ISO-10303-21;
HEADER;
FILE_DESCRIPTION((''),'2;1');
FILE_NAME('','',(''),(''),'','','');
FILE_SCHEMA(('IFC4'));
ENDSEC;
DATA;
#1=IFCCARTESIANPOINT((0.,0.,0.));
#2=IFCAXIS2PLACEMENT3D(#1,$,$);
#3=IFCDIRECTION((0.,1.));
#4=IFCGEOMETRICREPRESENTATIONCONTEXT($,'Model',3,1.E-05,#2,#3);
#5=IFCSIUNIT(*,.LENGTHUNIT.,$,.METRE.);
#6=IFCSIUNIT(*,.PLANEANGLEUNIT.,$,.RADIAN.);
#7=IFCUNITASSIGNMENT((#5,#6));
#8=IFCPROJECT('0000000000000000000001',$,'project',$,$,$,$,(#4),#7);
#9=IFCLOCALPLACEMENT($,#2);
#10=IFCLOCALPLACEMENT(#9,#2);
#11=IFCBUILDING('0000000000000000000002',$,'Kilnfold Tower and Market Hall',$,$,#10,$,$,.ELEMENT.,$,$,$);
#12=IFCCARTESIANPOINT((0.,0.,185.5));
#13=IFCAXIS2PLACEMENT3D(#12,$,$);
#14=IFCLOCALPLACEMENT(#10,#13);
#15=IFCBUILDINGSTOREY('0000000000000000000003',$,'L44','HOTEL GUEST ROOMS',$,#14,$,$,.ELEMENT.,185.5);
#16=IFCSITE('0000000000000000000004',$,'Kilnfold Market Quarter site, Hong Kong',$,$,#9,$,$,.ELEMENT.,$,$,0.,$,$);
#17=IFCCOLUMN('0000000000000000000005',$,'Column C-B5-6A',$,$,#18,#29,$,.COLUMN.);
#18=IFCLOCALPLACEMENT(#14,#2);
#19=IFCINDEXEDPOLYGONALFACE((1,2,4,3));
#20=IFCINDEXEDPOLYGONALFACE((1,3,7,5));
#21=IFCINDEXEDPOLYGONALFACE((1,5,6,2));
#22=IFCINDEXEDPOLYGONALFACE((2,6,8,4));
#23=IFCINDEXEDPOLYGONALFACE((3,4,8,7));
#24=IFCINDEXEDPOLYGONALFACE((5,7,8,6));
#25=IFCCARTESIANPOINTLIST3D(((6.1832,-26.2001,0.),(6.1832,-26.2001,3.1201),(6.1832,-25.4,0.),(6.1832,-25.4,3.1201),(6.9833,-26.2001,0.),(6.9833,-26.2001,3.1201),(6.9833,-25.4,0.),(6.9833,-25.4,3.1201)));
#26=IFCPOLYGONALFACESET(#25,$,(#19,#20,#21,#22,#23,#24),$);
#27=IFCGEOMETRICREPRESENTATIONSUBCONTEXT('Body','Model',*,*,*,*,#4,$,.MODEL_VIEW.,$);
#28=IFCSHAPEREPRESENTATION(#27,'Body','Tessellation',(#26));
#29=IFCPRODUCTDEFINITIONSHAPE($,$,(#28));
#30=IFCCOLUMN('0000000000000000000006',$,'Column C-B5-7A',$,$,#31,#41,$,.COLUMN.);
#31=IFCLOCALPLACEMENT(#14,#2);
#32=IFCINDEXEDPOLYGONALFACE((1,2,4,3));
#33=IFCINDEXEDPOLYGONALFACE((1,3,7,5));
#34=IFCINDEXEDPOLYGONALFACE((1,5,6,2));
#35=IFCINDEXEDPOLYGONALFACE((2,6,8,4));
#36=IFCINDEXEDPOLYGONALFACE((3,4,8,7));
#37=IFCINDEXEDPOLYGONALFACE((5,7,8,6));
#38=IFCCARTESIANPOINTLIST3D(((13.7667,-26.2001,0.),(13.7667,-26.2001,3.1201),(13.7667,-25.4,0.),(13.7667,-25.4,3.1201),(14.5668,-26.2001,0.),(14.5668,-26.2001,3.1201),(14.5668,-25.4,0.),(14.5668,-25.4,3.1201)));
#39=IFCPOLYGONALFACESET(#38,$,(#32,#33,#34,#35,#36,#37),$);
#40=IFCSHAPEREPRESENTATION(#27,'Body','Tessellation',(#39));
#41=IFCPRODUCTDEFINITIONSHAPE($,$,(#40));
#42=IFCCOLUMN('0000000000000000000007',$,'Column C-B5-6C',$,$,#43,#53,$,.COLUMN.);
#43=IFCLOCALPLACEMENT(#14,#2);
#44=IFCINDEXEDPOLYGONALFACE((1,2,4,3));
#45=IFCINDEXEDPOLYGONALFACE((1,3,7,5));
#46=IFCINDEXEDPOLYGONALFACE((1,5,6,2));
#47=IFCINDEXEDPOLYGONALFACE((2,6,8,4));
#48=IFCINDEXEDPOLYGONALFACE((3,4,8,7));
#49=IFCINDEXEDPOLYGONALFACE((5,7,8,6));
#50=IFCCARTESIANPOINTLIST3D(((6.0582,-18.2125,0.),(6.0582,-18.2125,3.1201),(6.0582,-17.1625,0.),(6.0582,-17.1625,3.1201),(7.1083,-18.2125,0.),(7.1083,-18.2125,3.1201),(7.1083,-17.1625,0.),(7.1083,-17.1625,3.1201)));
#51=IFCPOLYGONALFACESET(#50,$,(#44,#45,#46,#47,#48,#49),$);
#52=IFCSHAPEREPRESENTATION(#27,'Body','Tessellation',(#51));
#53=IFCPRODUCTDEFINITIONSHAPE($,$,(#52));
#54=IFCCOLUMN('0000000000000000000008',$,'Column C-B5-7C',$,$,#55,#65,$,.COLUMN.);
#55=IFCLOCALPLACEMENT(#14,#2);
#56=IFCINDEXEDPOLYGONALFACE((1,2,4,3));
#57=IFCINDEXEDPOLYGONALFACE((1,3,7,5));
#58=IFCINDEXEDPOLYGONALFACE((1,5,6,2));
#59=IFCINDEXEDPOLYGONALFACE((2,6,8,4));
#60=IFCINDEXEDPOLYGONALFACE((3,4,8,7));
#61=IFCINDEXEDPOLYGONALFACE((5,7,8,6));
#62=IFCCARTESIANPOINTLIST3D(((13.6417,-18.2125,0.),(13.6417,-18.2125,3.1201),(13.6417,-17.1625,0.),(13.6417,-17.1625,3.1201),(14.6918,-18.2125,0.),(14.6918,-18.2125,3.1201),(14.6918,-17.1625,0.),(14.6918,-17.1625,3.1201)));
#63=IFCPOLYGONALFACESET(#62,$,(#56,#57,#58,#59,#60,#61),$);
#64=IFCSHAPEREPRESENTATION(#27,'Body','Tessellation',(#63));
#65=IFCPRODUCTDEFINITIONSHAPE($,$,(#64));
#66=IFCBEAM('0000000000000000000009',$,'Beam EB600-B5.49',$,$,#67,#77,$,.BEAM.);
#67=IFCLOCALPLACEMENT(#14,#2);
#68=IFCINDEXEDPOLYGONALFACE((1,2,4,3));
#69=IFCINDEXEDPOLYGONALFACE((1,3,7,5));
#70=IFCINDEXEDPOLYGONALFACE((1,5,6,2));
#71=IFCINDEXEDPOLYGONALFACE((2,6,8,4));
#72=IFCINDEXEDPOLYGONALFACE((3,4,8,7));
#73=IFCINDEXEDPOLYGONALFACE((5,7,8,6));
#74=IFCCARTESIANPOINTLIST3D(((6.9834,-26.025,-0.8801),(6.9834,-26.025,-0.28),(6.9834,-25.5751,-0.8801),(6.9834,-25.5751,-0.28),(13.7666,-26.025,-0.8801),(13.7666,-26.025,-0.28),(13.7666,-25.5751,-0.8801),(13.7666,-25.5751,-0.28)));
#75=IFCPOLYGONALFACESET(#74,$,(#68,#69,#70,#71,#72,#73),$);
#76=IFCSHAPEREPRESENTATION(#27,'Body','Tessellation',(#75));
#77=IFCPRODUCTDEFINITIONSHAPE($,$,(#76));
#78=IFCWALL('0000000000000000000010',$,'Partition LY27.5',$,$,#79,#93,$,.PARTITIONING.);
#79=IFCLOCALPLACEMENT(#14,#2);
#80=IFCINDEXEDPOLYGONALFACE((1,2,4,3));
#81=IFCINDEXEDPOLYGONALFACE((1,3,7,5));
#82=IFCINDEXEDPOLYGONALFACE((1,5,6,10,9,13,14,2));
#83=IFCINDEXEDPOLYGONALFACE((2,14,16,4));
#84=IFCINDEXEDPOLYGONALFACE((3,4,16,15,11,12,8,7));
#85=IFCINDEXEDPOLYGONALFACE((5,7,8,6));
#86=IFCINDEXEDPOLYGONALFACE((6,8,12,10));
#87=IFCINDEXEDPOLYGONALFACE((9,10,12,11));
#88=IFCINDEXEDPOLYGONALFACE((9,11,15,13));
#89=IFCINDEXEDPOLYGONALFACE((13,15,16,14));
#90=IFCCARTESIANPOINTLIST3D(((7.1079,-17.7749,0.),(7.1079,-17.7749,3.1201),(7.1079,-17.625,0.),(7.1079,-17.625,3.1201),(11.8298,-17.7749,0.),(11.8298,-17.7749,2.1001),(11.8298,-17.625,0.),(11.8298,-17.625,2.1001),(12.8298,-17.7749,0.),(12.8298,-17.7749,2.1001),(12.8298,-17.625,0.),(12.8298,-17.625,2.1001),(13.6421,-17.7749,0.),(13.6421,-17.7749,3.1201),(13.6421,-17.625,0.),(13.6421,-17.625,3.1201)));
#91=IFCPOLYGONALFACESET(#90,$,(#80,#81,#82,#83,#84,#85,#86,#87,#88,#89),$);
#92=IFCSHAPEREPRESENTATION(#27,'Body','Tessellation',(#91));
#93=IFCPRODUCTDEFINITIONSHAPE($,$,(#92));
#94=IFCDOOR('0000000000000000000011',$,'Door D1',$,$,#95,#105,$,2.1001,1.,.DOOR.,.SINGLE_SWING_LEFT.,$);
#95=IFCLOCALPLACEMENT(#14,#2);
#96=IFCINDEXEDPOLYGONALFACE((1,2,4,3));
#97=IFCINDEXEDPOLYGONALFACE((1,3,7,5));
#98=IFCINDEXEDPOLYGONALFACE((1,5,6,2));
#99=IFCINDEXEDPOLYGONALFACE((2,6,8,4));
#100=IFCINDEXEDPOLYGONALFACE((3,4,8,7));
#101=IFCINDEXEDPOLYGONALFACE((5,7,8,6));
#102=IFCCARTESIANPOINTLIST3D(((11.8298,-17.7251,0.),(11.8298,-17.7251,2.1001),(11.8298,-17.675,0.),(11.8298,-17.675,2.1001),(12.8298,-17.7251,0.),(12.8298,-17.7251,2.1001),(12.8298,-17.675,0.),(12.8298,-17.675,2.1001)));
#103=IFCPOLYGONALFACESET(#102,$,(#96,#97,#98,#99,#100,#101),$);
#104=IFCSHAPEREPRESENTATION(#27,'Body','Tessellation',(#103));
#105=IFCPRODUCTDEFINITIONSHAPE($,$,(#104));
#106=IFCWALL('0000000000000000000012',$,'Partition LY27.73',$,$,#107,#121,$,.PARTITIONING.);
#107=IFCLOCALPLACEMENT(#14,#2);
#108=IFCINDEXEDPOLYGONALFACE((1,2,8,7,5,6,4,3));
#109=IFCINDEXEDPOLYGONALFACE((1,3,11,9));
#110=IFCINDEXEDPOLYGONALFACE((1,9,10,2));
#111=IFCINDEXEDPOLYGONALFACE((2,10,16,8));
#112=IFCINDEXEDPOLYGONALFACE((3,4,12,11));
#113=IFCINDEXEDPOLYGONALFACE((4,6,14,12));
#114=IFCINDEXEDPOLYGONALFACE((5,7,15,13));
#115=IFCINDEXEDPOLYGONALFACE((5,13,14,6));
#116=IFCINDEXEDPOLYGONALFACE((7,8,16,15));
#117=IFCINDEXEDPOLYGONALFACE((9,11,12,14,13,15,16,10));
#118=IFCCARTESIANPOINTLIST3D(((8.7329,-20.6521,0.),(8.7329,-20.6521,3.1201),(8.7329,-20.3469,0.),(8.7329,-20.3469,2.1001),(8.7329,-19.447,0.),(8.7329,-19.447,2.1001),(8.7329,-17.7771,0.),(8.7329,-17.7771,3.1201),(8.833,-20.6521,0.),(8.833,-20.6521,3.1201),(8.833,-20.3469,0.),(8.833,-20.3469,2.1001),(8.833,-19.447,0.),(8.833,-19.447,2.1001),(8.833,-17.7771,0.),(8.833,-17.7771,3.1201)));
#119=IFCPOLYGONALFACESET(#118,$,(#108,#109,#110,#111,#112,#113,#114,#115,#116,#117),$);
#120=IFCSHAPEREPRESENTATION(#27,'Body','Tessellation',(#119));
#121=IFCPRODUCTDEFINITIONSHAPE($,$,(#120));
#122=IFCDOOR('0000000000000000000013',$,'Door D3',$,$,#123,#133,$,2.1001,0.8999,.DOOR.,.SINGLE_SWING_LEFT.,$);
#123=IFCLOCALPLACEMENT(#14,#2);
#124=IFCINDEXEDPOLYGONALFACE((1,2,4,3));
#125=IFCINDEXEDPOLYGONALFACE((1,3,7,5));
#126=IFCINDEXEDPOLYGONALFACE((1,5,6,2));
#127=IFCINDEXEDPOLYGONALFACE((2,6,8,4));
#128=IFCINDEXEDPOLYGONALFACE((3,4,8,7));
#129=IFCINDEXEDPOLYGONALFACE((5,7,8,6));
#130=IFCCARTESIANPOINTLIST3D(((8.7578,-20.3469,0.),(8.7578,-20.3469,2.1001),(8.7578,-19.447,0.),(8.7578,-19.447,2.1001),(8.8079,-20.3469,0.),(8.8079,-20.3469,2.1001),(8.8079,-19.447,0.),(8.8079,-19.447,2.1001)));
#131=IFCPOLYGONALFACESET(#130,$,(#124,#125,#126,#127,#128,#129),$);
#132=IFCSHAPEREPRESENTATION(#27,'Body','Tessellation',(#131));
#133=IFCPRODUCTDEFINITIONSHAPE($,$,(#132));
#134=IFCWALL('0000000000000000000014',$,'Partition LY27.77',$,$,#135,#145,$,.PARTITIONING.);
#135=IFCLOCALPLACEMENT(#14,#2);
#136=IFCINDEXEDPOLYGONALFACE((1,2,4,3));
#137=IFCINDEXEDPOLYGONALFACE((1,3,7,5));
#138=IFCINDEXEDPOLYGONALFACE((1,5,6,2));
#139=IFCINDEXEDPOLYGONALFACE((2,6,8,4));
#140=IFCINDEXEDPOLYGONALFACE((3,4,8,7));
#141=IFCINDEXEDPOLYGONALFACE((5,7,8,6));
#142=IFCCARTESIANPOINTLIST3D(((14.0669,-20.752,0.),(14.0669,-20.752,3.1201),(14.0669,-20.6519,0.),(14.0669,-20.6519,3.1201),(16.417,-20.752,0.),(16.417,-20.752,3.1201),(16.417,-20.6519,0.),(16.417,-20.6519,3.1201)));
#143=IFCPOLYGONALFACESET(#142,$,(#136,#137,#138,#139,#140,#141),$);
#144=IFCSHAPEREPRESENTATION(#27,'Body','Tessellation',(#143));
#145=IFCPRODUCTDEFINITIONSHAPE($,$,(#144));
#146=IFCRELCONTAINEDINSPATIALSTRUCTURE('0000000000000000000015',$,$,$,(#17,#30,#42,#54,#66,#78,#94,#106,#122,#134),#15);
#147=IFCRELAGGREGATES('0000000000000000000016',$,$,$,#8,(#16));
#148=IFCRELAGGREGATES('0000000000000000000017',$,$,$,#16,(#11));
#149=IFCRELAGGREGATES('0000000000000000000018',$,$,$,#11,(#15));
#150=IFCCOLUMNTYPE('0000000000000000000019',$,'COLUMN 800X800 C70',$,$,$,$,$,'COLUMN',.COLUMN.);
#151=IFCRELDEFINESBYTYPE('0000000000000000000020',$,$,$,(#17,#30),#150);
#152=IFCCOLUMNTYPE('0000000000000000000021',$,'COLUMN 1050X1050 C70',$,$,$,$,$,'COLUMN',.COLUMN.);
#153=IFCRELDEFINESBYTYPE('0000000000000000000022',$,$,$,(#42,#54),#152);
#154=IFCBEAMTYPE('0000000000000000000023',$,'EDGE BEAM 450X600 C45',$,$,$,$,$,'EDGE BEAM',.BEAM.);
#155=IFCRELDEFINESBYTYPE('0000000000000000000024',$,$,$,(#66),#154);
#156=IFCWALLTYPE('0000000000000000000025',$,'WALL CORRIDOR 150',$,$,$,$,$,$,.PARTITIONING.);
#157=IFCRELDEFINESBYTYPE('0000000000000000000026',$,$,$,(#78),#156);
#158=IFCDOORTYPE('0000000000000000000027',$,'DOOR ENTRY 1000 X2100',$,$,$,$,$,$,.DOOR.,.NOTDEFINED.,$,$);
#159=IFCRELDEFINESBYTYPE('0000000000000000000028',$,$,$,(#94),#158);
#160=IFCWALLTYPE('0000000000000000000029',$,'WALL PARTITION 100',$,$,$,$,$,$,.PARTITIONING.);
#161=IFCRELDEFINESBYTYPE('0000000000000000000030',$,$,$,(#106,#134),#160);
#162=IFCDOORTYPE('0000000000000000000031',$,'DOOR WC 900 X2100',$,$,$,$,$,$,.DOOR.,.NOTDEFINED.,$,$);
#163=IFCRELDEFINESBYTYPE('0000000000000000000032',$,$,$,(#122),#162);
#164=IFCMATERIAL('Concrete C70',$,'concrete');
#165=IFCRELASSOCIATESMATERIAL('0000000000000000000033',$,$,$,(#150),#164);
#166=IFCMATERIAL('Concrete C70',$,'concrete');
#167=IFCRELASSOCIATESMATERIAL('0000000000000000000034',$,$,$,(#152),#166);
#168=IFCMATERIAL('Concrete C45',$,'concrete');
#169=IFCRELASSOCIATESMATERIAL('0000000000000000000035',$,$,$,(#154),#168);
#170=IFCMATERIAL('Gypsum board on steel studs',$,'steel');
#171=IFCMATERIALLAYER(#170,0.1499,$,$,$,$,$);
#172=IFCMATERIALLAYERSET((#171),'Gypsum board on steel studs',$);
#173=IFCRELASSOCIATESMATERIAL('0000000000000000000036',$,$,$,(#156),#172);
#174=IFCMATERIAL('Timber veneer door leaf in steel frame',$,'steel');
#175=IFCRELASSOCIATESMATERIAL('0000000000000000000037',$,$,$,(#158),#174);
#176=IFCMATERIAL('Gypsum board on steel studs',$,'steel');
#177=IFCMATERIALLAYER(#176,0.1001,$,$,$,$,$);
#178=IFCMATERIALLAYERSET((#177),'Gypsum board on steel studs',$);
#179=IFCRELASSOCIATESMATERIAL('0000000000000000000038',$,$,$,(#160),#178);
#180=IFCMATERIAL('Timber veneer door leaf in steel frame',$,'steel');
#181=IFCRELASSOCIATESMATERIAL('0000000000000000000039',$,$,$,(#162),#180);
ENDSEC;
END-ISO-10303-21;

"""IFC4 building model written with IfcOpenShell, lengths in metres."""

from ifc_helpers import new_model, si_unit, direction, frame, frame_2d, origin, origin_2d, place, context, subcontext, project, spatial, rectangle, extrude, source, transform, mapped, material, layer, layer_set, material_profile, profile_set, type_object, element, fill, save


model = new_model("IFC4")

# Units and contexts
model_context = context("Model", 3, precision=1e-05, world=origin(), true_north=direction((0.0, 1.0)))
body_context = subcontext(model_context, "Body", "Model", "MODEL_VIEW")
ifc_project = project(units=[si_unit("LENGTHUNIT", "METRE"), si_unit("PLANEANGLEUNIT", "RADIAN")], contexts=[model_context])

# Site, building, storey
site_placement = place(None, origin())
site = spatial("IfcSite", under=ifc_project, at=site_placement, Name="Kilnfold Market Quarter site, Hong Kong", CompositionType="ELEMENT", RefElevation=0.0)
building_placement = place(site_placement, origin())
building = spatial("IfcBuilding", under=site, at=building_placement, Name="Kilnfold Tower and Market Hall", CompositionType="ELEMENT")
storey_placement = place(building_placement, frame((0.0, 0.0, 185.5)))
storey = spatial("IfcBuildingStorey", under=building, at=storey_placement, Name="L44", Description="HOTEL GUEST ROOMS", CompositionType="ELEMENT", Elevation=185.5)

# Columns
ifc_material_1 = material(Name="Concrete C70", Category="concrete")
ifc_material_profile_1 = material_profile(ifc_material_1, rectangle(XDim=0.8, YDim=0.8, at=origin_2d()), Name="RC 800x800")
ifc_profile_set_1 = profile_set([ifc_material_profile_1], Name="Concrete C70")
column_type_1 = type_object("IfcColumnType", Name="COLUMN 800X800 C70", ElementType="COLUMN", PredefinedType="COLUMN", material=ifc_profile_set_1)
shared_shape_1 = source(origin(), body_context, "Body", "SweptSolid", [
    extrude(rectangle(XDim=0.8, YDim=0.8, at=origin_2d()), origin(), (0.0, 0.0, 1.0), 3.1201),
])
for number, where, z_axis, x_axis, name in (
    (1, (6.5833, -25.8, 0.0), (0.0, 0.0, 1.0), (1.0, 0.0, 0.0), "Column C-B5-6A"),
    (2, (14.1667, -25.8, 0.0), (0.0, 0.0, 1.0), (1.0, 0.0, 0.0), "Column C-B5-7A"),
):
    element("IfcColumn", number, at=place(storey_placement, frame(where, z_axis=z_axis, x_axis=x_axis)), inside=storey, type_object=column_type_1, Name=name, PredefinedType="COLUMN", context=body_context, shape_type="MappedRepresentation", body=[
        mapped(shared_shape_1, transform((0.0, 0.0, 0.0))),
    ])
ifc_material_2 = material(Name="Concrete C70", Category="concrete")
ifc_material_profile_2 = material_profile(ifc_material_2, rectangle(XDim=1.05, YDim=1.05, at=origin_2d()), Name="RC 1050x1050")
ifc_profile_set_2 = profile_set([ifc_material_profile_2], Name="Concrete C70")
column_type_2 = type_object("IfcColumnType", Name="COLUMN 1050X1050 C70", ElementType="COLUMN", PredefinedType="COLUMN", material=ifc_profile_set_2)
shared_shape_2 = source(origin(), body_context, "Body", "SweptSolid", [
    extrude(rectangle(XDim=1.05, YDim=1.05, at=origin_2d()), origin(), (0.0, 0.0, 1.0), 3.1201),
])
for number, where, z_axis, x_axis, name in (
    (3, (6.5833, -17.6875, 0.0), (0.0, 0.0, 1.0), (1.0, 0.0, 0.0), "Column C-B5-6C"),
    (4, (14.1667, -17.6875, 0.0), (0.0, 0.0, 1.0), (1.0, 0.0, 0.0), "Column C-B5-7C"),
):
    element("IfcColumn", number, at=place(storey_placement, frame(where, z_axis=z_axis, x_axis=x_axis)), inside=storey, type_object=column_type_2, Name=name, PredefinedType="COLUMN", context=body_context, shape_type="MappedRepresentation", body=[
        mapped(shared_shape_2, transform((0.0, 0.0, 0.0))),
    ])

# Beam
ifc_material_3 = material(Name="Concrete C45", Category="concrete")
ifc_material_profile_3 = material_profile(ifc_material_3, rectangle(XDim=0.45, YDim=0.6001, at=origin_2d()), Name="RC 450x600")
ifc_profile_set_3 = profile_set([ifc_material_profile_3], Name="Concrete C45")
beam_type = type_object("IfcBeamType", Name="EDGE BEAM 450X600 C45", ElementType="EDGE BEAM", PredefinedType="BEAM", material=ifc_profile_set_3)
shared_shape_3 = source(origin(), body_context, "Body", "SweptSolid", [
    extrude(rectangle(XDim=0.45, YDim=0.6001, at=origin_2d()), origin(), (0.0, 0.0, 1.0), 6.7832),
])
beam_placement = place(storey_placement, frame((6.9834, -25.8, -0.5801), z_axis=(1.0, 0.0, 0.0), x_axis=(0.0, 1.0, 0.0)))
element("IfcBeam", 5, at=beam_placement, inside=storey, type_object=beam_type, Name="Beam EB600-B5.49", PredefinedType="BEAM", context=body_context, shape_type="MappedRepresentation", body=[
    mapped(shared_shape_3, transform((0.0, 0.0, 0.0))),
])

# Walls, openings, doors
ifc_material_4 = material(Name="Gypsum board on steel studs", Category="steel")
ifc_layer_1 = layer(ifc_material_4, 0.1499)
ifc_layer_set_1 = layer_set([ifc_layer_1], Name="Gypsum board on steel studs")
wall_type_1 = type_object("IfcWallType", Name="WALL CORRIDOR 150", PredefinedType="PARTITIONING", material=ifc_layer_set_1)
wall_1_placement = place(storey_placement, frame((7.1079, -17.7, 0.0), z_axis=(0.0, 0.0, 1.0), x_axis=(1.0, 0.0, 0.0)))
wall_1 = element("IfcWall", 6, at=wall_1_placement, inside=storey, type_object=wall_type_1, Name="Partition LY27.5", PredefinedType="PARTITIONING", context=body_context, shape_type="SweptSolid", body=[
    extrude(rectangle(XDim=6.5342, YDim=0.1499, at=frame_2d((3.2671, 0.0))), origin(), (0.0, 0.0, 1.0), 3.1201),
])
opening_1_placement = place(wall_1_placement, frame((4.7219, 0.0, 0.0)))
opening_1 = element("IfcOpeningElement", 7, at=opening_1_placement, cuts=wall_1, PredefinedType="OPENING", context=body_context, shape_type="SweptSolid", body=[
    extrude(rectangle(XDim=1.0, YDim=2.1001, at=frame_2d((0.5, 1.05))), frame((0.0, 0.085, 0.0), z_axis=(0.0, -1.0, 0.0), x_axis=(1.0, 0.0, 0.0)), (0.0, 0.0, 1.0), 0.1699),
])
ifc_material_5 = material(Name="Timber veneer door leaf in steel frame", Category="steel")
door_type_1 = type_object("IfcDoorType", Name="DOOR ENTRY 1000 X2100", OperationType="NOTDEFINED", PredefinedType="DOOR", material=ifc_material_5)
door_1_placement = place(opening_1_placement, origin())
door_1 = element("IfcDoor", 8, at=door_1_placement, inside=storey, type_object=door_type_1, Name="Door D1", OperationType="SINGLE_SWING_LEFT", OverallHeight=2.1001, OverallWidth=1.0, PredefinedType="DOOR", context=body_context, shape_type="SweptSolid", body=[
    extrude(rectangle(XDim=1.0, YDim=2.1001, at=frame_2d((0.5, 1.05))), frame((0.0, 0.0249, 0.0), z_axis=(0.0, -1.0, 0.0), x_axis=(1.0, 0.0, 0.0)), (0.0, 0.0, 1.0), 0.05),
])
fill(opening_1, door_1)
ifc_material_6 = material(Name="Gypsum board on steel studs", Category="steel")
ifc_layer_2 = layer(ifc_material_6, 0.1001)
ifc_layer_set_2 = layer_set([ifc_layer_2], Name="Gypsum board on steel studs")
wall_type_2 = type_object("IfcWallType", Name="WALL PARTITION 100", PredefinedType="PARTITIONING", material=ifc_layer_set_2)
wall_2_placement = place(storey_placement, frame((8.783, -17.7771, 0.0), z_axis=(0.0, 0.0, 1.0), x_axis=(0.0, -1.0, 0.0)))
wall_2 = element("IfcWall", 9, at=wall_2_placement, inside=storey, type_object=wall_type_2, Name="Partition LY27.73", PredefinedType="PARTITIONING", context=body_context, shape_type="SweptSolid", body=[
    extrude(rectangle(XDim=2.875, YDim=0.1001, at=frame_2d((1.4375, 0.0))), origin(), (0.0, 0.0, 1.0), 3.1201),
])
opening_2_placement = place(wall_2_placement, frame((1.6699, 0.0, 0.0)))
opening_2 = element("IfcOpeningElement", 10, at=opening_2_placement, cuts=wall_2, PredefinedType="OPENING", context=body_context, shape_type="SweptSolid", body=[
    extrude(rectangle(XDim=0.8999, YDim=2.1001, at=frame_2d((0.45, 1.05))), frame((0.0, 0.0601, 0.0), z_axis=(0.0, -1.0, 0.0), x_axis=(1.0, 0.0, 0.0)), (0.0, 0.0, 1.0), 0.1201),
])
ifc_material_7 = material(Name="Timber veneer door leaf in steel frame", Category="steel")
door_type_2 = type_object("IfcDoorType", Name="DOOR WC 900 X2100", OperationType="NOTDEFINED", PredefinedType="DOOR", material=ifc_material_7)
door_2_placement = place(opening_2_placement, origin())
door_2 = element("IfcDoor", 11, at=door_2_placement, inside=storey, type_object=door_type_2, Name="Door D3", OperationType="SINGLE_SWING_LEFT", OverallHeight=2.1001, OverallWidth=0.8999, PredefinedType="DOOR", context=body_context, shape_type="SweptSolid", body=[
    extrude(rectangle(XDim=0.8999, YDim=2.1001, at=frame_2d((0.45, 1.05))), frame((0.0, 0.0249, 0.0), z_axis=(0.0, -1.0, 0.0), x_axis=(1.0, 0.0, 0.0)), (0.0, 0.0, 1.0), 0.05),
])
fill(opening_2, door_2)

# Wall
wall_3_placement = place(storey_placement, frame((14.0669, -20.7019, 0.0), z_axis=(0.0, 0.0, 1.0), x_axis=(1.0, 0.0, 0.0)))
element("IfcWall", 12, at=wall_3_placement, inside=storey, type_object=wall_type_2, Name="Partition LY27.77", PredefinedType="PARTITIONING", context=body_context, shape_type="SweptSolid", body=[
    extrude(rectangle(XDim=2.3501, YDim=0.1001, at=frame_2d((1.175, 0.0))), origin(), (0.0, 0.0, 1.0), 3.1201),
])

save(model, "model.ifc")
